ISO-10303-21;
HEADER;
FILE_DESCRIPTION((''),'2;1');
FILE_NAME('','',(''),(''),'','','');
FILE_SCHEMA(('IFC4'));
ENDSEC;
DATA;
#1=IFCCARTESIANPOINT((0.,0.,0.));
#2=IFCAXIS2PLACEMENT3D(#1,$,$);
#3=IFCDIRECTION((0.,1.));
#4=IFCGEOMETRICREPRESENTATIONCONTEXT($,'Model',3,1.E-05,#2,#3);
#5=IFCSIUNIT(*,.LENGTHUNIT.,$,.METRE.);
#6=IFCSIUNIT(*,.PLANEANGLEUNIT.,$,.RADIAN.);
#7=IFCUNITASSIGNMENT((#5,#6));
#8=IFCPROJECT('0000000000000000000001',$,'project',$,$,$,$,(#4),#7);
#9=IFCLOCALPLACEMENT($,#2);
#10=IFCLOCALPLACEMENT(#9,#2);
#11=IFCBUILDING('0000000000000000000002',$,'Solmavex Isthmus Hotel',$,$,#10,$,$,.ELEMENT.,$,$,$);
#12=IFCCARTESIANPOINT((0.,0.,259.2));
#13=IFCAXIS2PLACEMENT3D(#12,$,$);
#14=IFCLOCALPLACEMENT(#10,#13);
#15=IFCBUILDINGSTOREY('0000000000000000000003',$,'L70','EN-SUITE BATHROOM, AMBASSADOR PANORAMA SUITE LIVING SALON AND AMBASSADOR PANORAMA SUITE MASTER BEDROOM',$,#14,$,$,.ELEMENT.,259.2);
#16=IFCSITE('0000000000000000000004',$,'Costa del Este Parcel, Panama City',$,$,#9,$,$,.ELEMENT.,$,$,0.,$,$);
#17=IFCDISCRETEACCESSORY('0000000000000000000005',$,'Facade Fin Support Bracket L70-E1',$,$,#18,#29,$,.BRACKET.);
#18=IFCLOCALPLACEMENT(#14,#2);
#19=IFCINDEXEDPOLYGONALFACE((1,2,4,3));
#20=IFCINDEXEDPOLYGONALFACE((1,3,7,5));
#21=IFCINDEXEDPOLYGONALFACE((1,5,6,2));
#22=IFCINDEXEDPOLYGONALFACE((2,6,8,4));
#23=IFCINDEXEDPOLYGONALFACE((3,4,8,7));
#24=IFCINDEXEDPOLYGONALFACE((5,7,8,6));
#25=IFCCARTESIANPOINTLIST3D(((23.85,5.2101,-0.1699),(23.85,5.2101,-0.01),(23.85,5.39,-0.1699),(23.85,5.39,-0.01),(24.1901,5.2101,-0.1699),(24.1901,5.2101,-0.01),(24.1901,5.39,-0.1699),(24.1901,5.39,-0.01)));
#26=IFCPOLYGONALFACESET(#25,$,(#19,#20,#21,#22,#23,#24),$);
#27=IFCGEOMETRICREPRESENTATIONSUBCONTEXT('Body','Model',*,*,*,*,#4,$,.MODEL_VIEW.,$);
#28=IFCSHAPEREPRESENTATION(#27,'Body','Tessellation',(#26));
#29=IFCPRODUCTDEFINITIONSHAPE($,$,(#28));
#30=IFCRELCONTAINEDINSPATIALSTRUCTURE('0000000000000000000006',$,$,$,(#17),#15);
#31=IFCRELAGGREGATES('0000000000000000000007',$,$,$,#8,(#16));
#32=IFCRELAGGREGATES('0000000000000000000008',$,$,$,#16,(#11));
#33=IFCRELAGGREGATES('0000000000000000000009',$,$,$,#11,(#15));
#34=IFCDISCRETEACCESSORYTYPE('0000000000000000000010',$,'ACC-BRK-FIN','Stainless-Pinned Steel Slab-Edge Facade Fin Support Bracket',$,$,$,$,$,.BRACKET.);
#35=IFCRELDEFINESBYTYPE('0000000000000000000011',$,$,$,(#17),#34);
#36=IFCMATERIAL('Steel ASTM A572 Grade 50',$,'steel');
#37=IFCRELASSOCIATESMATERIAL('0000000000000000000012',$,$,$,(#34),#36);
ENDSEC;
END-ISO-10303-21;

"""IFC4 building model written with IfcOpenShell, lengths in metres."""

from ifc_helpers import new_model, si_unit, direction, frame, origin, origin_2d, place, context, subcontext, project, spatial, rectangle, extrude, material, type_object, element, save


model = new_model("IFC4")

# Units and contexts
model_context = context("Model", 3, precision=1e-05, world=origin(), true_north=direction((0.0, 1.0)))
body_context = subcontext(model_context, "Body", "Model", "MODEL_VIEW")
ifc_project = project(units=[si_unit("LENGTHUNIT", "METRE"), si_unit("PLANEANGLEUNIT", "RADIAN")], contexts=[model_context])

# Site, building, storey
site_placement = place(None, origin())
site = spatial("IfcSite", under=ifc_project, at=site_placement, Name="Costa del Este Parcel, Panama City", CompositionType="ELEMENT", RefElevation=0.0)
building_placement = place(site_placement, origin())
building = spatial("IfcBuilding", under=site, at=building_placement, Name="Solmavex Isthmus Hotel", CompositionType="ELEMENT")
storey_placement = place(building_placement, frame((0.0, 0.0, 259.2)))
storey = spatial("IfcBuildingStorey", under=building, at=storey_placement, Name="L70", Description="EN-SUITE BATHROOM, AMBASSADOR PANORAMA SUITE LIVING SALON AND AMBASSADOR PANORAMA SUITE MASTER BEDROOM", CompositionType="ELEMENT", Elevation=259.2)

# Discrete accessory
ifc_material_1 = material(Name="Steel ASTM A572 Grade 50", Category="steel")
discrete_accessory_type = type_object("IfcDiscreteAccessoryType", Name="ACC-BRK-FIN", Description="Stainless-Pinned Steel Slab-Edge Facade Fin Support Bracket", PredefinedType="BRACKET", material=ifc_material_1)
discrete_accessory_placement = place(storey_placement, frame((24.02, 5.3, -0.1699), z_axis=(0.0, 0.0, 1.0), x_axis=(1.0, 0.0, 0.0)))
element("IfcDiscreteAccessory", 1, at=discrete_accessory_placement, inside=storey, type_object=discrete_accessory_type, Name="Facade Fin Support Bracket L70-E1", PredefinedType="BRACKET", context=body_context, shape_type="SweptSolid", body=[
    extrude(rectangle(XDim=0.3401, YDim=0.1799, at=origin_2d()), origin(), (0.0, 0.0, 1.0), 0.1599),
])

save(model, "model.ifc")
